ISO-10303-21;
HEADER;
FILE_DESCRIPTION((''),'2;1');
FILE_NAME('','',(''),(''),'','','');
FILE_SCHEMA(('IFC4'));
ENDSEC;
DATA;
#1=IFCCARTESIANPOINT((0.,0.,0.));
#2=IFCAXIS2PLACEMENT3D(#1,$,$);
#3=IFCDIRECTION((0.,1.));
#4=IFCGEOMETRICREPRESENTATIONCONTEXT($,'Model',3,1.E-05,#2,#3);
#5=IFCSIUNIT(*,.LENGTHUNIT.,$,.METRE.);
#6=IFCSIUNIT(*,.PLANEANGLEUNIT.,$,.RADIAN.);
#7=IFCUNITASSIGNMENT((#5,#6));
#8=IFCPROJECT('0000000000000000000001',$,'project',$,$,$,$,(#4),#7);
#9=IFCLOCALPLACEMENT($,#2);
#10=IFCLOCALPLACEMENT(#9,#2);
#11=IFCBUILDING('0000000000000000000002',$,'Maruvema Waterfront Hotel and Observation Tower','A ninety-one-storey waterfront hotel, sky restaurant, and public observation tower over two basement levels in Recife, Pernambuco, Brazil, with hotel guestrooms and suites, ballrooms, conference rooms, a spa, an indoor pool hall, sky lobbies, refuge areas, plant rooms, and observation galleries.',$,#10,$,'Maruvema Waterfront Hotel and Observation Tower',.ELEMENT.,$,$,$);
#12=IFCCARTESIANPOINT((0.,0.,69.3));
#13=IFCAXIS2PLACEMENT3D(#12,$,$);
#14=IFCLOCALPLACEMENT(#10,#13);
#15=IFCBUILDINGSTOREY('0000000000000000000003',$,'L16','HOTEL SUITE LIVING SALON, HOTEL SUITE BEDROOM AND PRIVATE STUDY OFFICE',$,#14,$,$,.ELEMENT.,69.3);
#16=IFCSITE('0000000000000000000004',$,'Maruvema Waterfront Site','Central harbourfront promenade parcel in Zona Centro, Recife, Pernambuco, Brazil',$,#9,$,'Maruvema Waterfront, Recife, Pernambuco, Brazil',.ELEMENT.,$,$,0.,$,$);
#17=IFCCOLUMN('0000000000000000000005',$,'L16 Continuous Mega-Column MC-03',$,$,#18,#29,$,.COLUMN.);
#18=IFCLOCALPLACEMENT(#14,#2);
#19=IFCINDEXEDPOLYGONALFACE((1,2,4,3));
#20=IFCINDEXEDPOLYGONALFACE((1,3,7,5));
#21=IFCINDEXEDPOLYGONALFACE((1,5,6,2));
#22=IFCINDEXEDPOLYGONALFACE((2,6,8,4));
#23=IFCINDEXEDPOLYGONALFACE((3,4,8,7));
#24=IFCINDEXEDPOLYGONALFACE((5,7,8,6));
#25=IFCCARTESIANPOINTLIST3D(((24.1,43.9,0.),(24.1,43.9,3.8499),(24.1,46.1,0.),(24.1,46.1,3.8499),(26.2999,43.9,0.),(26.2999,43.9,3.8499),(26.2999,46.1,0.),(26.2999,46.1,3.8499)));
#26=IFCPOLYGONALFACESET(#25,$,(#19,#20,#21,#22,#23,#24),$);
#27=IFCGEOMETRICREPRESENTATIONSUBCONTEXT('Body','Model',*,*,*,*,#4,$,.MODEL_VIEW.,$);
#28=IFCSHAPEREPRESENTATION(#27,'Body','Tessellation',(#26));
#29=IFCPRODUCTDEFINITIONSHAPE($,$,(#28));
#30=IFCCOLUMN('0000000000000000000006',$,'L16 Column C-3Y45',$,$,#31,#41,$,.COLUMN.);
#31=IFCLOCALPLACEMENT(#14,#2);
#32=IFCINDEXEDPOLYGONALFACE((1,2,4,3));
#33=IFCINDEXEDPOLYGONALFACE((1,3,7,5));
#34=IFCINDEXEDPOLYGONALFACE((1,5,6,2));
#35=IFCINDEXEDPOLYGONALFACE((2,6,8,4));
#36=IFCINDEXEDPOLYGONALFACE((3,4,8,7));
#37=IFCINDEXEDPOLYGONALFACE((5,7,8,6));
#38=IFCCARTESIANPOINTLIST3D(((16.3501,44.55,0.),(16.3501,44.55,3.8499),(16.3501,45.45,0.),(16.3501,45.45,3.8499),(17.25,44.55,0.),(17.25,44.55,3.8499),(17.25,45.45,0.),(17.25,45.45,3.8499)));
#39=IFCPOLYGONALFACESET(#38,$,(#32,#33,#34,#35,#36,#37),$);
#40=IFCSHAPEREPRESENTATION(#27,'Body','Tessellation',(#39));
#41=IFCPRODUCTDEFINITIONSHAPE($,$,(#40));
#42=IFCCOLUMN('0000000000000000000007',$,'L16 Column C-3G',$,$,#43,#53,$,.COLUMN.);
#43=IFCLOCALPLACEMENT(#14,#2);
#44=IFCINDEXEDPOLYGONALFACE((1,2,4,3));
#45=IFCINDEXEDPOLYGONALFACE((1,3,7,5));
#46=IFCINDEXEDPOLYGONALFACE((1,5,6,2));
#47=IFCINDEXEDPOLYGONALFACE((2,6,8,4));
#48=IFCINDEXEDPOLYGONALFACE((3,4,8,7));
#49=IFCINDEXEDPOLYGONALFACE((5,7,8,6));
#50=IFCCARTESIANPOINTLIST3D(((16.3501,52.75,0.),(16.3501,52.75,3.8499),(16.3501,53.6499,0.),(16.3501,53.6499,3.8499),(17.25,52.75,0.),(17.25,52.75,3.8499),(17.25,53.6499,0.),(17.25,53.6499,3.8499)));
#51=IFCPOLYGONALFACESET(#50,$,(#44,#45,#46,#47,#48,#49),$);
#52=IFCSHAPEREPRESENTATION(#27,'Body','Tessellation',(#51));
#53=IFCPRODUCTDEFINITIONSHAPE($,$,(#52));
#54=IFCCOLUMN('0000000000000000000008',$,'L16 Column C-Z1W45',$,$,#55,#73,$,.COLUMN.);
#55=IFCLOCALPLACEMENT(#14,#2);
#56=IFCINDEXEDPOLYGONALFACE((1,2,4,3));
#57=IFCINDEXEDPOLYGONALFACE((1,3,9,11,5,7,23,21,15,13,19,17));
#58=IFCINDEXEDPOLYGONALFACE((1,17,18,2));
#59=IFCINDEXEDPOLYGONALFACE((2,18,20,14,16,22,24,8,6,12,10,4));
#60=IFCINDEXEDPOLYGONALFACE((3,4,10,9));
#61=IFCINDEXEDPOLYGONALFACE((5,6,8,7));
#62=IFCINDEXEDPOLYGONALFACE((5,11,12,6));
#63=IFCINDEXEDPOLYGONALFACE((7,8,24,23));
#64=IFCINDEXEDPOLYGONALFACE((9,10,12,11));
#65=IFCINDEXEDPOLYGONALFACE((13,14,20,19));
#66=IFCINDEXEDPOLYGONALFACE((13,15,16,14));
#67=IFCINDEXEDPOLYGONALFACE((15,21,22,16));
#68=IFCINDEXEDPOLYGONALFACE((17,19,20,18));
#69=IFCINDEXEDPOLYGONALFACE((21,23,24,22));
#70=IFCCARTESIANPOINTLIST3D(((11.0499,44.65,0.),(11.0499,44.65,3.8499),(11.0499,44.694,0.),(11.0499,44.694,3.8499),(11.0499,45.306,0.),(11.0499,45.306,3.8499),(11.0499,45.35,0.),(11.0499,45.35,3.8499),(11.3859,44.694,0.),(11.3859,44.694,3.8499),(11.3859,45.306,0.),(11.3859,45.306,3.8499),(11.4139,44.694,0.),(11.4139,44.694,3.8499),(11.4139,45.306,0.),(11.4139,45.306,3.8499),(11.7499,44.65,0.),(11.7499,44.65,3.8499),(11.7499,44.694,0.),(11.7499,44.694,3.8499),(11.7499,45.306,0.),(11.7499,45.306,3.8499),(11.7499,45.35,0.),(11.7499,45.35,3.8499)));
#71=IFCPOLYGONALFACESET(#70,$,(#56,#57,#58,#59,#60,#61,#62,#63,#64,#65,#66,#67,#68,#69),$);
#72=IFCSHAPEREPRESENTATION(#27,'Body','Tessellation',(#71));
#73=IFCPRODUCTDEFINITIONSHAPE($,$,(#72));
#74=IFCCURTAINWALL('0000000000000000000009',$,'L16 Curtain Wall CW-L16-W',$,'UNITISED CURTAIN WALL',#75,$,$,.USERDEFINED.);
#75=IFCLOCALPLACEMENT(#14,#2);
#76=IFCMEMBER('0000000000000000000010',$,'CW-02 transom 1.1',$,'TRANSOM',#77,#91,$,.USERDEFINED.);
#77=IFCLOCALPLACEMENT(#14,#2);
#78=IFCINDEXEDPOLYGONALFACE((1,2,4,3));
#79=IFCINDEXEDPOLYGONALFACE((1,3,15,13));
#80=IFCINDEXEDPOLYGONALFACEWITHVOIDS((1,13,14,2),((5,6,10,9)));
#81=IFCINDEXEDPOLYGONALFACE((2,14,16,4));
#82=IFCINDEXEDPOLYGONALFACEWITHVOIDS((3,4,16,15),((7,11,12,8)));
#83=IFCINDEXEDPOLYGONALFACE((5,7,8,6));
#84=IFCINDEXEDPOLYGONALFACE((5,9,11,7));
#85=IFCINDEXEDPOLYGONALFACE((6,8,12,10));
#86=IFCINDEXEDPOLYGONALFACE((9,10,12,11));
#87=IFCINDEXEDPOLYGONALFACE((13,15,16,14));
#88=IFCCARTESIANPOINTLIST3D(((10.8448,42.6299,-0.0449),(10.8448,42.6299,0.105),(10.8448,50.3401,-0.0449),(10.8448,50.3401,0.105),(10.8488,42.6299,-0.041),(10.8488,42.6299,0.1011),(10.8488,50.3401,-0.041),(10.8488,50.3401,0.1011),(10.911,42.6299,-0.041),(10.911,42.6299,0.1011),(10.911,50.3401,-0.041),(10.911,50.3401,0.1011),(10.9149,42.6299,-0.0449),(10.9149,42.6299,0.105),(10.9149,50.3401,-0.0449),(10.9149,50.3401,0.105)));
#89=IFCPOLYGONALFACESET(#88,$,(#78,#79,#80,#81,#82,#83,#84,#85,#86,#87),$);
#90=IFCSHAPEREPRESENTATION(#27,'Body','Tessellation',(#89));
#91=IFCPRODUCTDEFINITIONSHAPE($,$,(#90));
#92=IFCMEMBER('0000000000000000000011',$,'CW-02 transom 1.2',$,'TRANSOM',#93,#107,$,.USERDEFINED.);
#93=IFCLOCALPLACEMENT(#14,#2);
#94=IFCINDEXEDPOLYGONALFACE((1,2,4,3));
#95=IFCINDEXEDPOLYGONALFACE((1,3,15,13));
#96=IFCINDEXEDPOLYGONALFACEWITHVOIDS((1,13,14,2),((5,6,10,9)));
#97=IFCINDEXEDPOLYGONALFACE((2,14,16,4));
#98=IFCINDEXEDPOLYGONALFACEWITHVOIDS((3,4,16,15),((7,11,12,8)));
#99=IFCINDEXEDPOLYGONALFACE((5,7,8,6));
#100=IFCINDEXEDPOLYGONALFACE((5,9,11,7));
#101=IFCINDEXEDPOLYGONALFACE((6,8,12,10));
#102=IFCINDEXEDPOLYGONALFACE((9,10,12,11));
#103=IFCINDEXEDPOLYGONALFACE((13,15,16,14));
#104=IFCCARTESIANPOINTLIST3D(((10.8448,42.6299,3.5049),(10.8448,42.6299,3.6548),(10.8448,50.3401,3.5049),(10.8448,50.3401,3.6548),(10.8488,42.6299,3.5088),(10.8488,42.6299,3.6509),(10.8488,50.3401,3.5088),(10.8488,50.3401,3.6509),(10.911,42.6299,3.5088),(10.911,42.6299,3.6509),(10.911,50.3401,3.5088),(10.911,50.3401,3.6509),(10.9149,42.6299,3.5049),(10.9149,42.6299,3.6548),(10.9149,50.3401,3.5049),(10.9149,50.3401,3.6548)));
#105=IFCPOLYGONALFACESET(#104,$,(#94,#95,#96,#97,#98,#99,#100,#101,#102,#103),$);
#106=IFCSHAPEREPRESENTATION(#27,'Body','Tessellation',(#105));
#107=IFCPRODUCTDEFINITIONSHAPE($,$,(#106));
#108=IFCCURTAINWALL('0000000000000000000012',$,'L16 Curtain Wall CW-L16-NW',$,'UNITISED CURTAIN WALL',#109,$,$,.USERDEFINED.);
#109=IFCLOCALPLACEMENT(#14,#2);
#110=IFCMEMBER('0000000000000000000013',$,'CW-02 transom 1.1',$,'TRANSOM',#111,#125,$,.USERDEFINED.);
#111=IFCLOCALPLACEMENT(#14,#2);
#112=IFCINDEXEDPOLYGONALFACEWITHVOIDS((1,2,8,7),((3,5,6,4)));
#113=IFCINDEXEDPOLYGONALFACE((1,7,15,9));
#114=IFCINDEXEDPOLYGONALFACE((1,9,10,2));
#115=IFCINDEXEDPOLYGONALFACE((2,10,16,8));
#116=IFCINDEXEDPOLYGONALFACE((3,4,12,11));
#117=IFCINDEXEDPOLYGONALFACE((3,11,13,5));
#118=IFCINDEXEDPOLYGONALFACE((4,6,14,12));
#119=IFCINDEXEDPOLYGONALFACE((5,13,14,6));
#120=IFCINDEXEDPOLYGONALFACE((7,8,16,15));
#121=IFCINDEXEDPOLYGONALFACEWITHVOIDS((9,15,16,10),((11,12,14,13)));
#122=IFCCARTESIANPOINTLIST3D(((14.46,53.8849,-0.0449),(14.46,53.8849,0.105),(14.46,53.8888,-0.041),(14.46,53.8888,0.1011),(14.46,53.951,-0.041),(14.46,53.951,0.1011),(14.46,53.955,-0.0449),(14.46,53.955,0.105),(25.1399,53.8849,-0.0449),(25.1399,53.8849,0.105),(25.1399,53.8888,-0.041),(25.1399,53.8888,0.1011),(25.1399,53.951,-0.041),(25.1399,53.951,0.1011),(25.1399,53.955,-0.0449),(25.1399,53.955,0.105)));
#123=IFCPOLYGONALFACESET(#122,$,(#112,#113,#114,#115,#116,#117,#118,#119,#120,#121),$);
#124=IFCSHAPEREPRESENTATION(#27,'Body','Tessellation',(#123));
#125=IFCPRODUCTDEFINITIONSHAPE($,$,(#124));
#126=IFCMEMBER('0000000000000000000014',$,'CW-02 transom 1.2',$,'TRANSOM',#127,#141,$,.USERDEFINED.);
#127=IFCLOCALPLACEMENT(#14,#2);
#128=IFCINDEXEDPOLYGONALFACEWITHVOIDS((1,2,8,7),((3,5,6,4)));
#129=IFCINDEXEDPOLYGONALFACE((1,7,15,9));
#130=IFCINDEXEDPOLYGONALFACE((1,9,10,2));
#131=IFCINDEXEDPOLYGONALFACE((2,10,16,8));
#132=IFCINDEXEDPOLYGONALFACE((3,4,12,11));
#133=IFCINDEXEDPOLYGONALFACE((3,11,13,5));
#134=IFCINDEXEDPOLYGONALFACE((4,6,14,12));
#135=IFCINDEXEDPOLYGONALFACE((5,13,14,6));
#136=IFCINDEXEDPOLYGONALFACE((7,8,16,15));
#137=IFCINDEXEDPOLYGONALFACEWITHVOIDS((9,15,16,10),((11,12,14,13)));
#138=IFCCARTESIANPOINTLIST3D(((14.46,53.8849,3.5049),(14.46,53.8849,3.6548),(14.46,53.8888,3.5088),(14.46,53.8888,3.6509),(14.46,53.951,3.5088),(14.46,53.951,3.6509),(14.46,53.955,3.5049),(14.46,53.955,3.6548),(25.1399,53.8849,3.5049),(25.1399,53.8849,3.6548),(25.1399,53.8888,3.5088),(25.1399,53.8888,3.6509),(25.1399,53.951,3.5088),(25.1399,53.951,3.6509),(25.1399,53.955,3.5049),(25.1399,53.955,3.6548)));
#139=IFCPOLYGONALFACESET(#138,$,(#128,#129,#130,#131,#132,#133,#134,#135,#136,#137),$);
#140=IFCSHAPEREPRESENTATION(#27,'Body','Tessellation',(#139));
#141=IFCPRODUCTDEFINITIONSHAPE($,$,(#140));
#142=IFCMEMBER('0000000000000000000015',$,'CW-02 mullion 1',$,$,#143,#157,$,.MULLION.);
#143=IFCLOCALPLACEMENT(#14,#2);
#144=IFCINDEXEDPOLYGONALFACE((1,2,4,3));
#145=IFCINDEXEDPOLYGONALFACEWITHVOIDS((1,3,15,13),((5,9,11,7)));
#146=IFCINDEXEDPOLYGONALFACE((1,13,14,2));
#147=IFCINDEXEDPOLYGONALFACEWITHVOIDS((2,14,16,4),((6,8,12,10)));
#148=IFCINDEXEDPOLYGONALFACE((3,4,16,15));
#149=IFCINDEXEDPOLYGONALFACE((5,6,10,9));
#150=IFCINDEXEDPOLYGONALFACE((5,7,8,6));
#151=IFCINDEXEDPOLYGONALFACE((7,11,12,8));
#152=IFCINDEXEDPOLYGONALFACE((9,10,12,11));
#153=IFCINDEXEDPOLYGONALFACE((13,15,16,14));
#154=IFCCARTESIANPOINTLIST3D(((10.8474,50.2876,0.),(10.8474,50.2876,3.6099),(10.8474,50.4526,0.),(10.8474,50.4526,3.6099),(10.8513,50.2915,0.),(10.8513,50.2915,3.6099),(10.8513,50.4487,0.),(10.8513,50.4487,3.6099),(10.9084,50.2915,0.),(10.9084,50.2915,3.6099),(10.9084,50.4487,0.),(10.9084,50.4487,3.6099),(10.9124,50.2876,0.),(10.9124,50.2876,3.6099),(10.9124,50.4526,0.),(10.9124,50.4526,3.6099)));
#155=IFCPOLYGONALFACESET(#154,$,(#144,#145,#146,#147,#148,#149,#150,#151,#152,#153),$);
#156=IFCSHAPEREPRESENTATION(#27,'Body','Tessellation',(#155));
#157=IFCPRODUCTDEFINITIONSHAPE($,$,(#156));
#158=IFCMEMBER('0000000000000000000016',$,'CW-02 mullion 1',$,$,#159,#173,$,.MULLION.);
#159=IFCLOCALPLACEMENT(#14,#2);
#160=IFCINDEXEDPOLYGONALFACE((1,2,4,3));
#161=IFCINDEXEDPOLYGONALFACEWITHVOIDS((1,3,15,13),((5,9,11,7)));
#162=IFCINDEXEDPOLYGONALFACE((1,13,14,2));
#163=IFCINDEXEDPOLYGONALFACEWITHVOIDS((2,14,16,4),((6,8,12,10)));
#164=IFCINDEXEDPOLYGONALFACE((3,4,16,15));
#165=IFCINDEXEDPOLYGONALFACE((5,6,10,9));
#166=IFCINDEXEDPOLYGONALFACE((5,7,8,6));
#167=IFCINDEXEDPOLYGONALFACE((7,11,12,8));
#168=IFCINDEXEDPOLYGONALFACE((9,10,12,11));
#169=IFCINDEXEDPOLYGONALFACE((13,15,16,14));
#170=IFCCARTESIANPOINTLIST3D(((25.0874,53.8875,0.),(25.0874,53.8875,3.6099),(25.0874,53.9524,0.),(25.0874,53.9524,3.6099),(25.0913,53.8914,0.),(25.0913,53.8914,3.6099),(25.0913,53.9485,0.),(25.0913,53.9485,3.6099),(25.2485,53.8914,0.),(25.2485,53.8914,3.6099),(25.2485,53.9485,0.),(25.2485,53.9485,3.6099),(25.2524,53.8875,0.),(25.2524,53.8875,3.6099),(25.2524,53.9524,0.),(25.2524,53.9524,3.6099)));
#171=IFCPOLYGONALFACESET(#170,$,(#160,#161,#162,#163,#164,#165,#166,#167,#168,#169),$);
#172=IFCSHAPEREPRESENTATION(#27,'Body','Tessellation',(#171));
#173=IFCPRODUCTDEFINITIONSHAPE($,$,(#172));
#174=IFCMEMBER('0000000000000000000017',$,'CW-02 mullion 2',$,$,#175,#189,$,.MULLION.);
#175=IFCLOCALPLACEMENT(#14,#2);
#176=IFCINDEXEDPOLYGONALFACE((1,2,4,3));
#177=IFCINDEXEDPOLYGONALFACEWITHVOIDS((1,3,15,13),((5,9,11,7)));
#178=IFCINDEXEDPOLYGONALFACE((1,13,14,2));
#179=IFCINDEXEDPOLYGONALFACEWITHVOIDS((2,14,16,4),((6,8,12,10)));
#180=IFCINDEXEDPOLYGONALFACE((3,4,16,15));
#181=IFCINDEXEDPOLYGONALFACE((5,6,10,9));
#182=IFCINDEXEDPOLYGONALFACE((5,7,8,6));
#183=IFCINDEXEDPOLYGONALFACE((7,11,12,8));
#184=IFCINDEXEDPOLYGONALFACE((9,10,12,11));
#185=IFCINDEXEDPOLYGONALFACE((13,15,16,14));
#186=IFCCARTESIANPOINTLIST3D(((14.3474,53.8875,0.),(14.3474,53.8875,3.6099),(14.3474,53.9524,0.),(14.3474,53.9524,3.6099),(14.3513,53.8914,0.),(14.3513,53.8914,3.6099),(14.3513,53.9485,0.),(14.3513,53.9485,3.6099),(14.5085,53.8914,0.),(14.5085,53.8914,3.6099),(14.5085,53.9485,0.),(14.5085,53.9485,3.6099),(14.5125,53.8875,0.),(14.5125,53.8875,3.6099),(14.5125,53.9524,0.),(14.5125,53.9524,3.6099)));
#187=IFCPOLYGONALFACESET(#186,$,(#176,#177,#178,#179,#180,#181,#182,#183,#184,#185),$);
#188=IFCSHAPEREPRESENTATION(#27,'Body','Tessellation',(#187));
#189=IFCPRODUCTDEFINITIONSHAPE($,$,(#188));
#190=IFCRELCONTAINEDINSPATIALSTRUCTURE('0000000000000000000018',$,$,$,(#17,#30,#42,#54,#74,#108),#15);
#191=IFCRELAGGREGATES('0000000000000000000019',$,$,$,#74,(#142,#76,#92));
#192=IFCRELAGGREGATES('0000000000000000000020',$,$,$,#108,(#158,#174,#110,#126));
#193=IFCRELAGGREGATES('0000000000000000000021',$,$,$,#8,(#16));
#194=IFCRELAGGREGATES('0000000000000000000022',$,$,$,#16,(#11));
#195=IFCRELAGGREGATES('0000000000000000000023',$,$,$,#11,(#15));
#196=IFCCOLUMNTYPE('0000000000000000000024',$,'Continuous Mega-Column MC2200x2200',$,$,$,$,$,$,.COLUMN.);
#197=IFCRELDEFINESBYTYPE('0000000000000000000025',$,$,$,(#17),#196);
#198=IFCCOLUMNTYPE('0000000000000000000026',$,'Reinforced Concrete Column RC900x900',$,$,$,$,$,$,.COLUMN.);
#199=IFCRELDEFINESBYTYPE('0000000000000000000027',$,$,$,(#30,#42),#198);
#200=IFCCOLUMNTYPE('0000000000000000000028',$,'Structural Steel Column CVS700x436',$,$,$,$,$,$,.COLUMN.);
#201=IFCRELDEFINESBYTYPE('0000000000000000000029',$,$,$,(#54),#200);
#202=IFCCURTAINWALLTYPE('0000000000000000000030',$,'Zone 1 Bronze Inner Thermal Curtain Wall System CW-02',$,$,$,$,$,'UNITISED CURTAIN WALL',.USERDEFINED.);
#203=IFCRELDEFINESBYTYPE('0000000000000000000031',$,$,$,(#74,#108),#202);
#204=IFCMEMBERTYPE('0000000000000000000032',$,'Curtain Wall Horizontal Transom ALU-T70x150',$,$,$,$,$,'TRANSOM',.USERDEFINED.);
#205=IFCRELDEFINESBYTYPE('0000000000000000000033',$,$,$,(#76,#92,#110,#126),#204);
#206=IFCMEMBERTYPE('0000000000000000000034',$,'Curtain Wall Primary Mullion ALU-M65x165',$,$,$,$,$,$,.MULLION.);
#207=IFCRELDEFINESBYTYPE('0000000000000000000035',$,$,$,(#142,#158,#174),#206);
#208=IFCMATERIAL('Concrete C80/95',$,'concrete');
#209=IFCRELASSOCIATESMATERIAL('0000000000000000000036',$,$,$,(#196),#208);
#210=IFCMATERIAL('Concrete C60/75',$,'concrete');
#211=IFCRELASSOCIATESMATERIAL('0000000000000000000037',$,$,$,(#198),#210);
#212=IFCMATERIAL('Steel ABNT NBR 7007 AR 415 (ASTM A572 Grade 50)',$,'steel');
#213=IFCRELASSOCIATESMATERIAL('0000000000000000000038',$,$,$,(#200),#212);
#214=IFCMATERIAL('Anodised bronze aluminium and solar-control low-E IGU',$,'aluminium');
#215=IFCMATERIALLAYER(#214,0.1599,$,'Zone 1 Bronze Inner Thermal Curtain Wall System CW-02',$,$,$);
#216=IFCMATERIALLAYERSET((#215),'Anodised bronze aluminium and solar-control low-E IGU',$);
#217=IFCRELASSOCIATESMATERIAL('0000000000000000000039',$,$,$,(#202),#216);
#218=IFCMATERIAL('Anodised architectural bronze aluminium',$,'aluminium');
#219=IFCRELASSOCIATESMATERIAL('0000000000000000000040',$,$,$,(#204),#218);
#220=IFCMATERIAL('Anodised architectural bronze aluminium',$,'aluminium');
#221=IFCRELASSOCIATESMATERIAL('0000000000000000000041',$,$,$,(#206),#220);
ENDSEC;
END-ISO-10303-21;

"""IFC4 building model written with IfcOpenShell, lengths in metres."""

from ifc_helpers import new_model, si_unit, direction, frame, origin, origin_2d, place, context, subcontext, project, spatial, rectangle, hollow_rectangle, i_section, extrude, material, layer, layer_set, material_profile, profile_set, type_object, element, aggregate, save


model = new_model("IFC4")

# Units and contexts
model_context = context("Model", 3, precision=1e-05, world=origin(), true_north=direction((0.0, 1.0)))
body_context = subcontext(model_context, "Body", "Model", "MODEL_VIEW")
ifc_project = project(units=[si_unit("LENGTHUNIT", "METRE"), si_unit("PLANEANGLEUNIT", "RADIAN")], contexts=[model_context])

# Site, building, storey
site_placement = place(None, origin())
site = spatial("IfcSite", under=ifc_project, at=site_placement, Name="Maruvema Waterfront Site", Description="Central harbourfront promenade parcel in Zona Centro, Recife, Pernambuco, Brazil", LongName="Maruvema Waterfront, Recife, Pernambuco, Brazil", CompositionType="ELEMENT", RefElevation=0.0)
building_placement = place(site_placement, origin())
building = spatial("IfcBuilding", under=site, at=building_placement, Name="Maruvema Waterfront Hotel and Observation Tower", Description="A ninety-one-storey waterfront hotel, sky restaurant, and public observation tower over two basement levels in Recife, Pernambuco, Brazil, with hotel guestrooms and suites, ballrooms, conference rooms, a spa, an indoor pool hall, sky lobbies, refuge areas, plant rooms, and observation galleries.", LongName="Maruvema Waterfront Hotel and Observation Tower", CompositionType="ELEMENT")
storey_placement = place(building_placement, frame((0.0, 0.0, 69.3)))
storey = spatial("IfcBuildingStorey", under=building, at=storey_placement, Name="L16", Description="HOTEL SUITE LIVING SALON, HOTEL SUITE BEDROOM AND PRIVATE STUDY OFFICE", CompositionType="ELEMENT", Elevation=69.3)

# Columns
ifc_material_1 = material(Name="Concrete C80/95", Category="concrete")
ifc_material_profile_1 = material_profile(ifc_material_1, rectangle(XDim=2.2, YDim=2.2, at=origin_2d()), Name="MC2200x2200")
ifc_profile_set_1 = profile_set([ifc_material_profile_1], Name="Concrete C80/95")
column_type_1 = type_object("IfcColumnType", Name="Continuous Mega-Column MC2200x2200", PredefinedType="COLUMN", material=ifc_profile_set_1)
column_1_placement = place(storey_placement, frame((25.2, 45.0, 0.0), z_axis=(0.0, 0.0, 1.0), x_axis=(1.0, 0.0, 0.0)))
element("IfcColumn", 1, at=column_1_placement, inside=storey, type_object=column_type_1, Name="L16 Continuous Mega-Column MC-03", PredefinedType="COLUMN", context=body_context, shape_type="SweptSolid", body=[
    extrude(rectangle(XDim=2.2, YDim=2.2, at=origin_2d()), origin(), (0.0, 0.0, 1.0), 3.8499),
])
ifc_material_2 = material(Name="Concrete C60/75", Category="concrete")
ifc_material_profile_2 = material_profile(ifc_material_2, rectangle(XDim=0.8999, YDim=0.8999, at=origin_2d()), Name="RC900x900")
ifc_profile_set_2 = profile_set([ifc_material_profile_2], Name="Concrete C60/75")
column_type_2 = type_object("IfcColumnType", Name="Reinforced Concrete Column RC900x900", PredefinedType="COLUMN", material=ifc_profile_set_2)
for number, where, z_axis, x_axis, name in (
    (2, (16.8, 45.0, 0.0), (0.0, 0.0, 1.0), (1.0, 0.0, 0.0), "L16 Column C-3Y45"),
    (3, (16.8, 53.2, 0.0), (0.0, 0.0, 1.0), (1.0, 0.0, 0.0), "L16 Column C-3G"),
):
    element("IfcColumn", number, at=place(storey_placement, frame(where, z_axis=z_axis, x_axis=x_axis)), inside=storey, type_object=column_type_2, Name=name, PredefinedType="COLUMN", context=body_context, shape_type="SweptSolid", body=[
        extrude(rectangle(XDim=0.8999, YDim=0.8999, at=origin_2d()), origin(), (0.0, 0.0, 1.0), 3.8499),
    ])
ifc_material_3 = material(Name="Steel ABNT NBR 7007 AR 415 (ASTM A572 Grade 50)", Category="steel")
ifc_material_profile_3 = material_profile(ifc_material_3, i_section(OverallWidth=0.7, OverallDepth=0.7, WebThickness=0.0281, FlangeThickness=0.0439, at=origin_2d()), Name="CVS700x436")
ifc_profile_set_3 = profile_set([ifc_material_profile_3], Name="Steel ABNT NBR 7007 AR 415 (ASTM A572 Grade 50)")
column_type_3 = type_object("IfcColumnType", Name="Structural Steel Column CVS700x436", PredefinedType="COLUMN", material=ifc_profile_set_3)
column_2_placement = place(storey_placement, frame((11.3999, 45.0, 0.0), z_axis=(0.0, 0.0, 1.0), x_axis=(1.0, 0.0, 0.0)))
element("IfcColumn", 4, at=column_2_placement, inside=storey, type_object=column_type_3, Name="L16 Column C-Z1W45", PredefinedType="COLUMN", context=body_context, shape_type="SweptSolid", body=[
    extrude(i_section(OverallWidth=0.7, OverallDepth=0.7, WebThickness=0.0281, FlangeThickness=0.0439, at=origin_2d()), origin(), (0.0, 0.0, 1.0), 3.8499),
])

# Curtain walls, members
ifc_material_4 = material(Name="Anodised bronze aluminium and solar-control low-E IGU", Category="aluminium")
ifc_layer_1 = layer(ifc_material_4, 0.1599, Name="Zone 1 Bronze Inner Thermal Curtain Wall System CW-02")
ifc_layer_set_1 = layer_set([ifc_layer_1], Name="Anodised bronze aluminium and solar-control low-E IGU")
curtain_wall_type = type_object("IfcCurtainWallType", Name="Zone 1 Bronze Inner Thermal Curtain Wall System CW-02", ElementType="UNITISED CURTAIN WALL", PredefinedType="USERDEFINED", material=ifc_layer_set_1)
curtain_wall_1_placement = place(storey_placement, origin())
curtain_wall_1 = element("IfcCurtainWall", 5, at=curtain_wall_1_placement, inside=storey, type_object=curtain_wall_type, Name="L16 Curtain Wall CW-L16-W", ObjectType="UNITISED CURTAIN WALL", PredefinedType="USERDEFINED")
ifc_material_5 = material(Name="Anodised architectural bronze aluminium", Category="aluminium")
ifc_material_profile_4 = material_profile(ifc_material_5, hollow_rectangle(XDim=0.0701, YDim=0.1499, WallThickness=0.0039, at=origin_2d()), Name="ALU-T70x150")
ifc_profile_set_4 = profile_set([ifc_material_profile_4], Name="Anodised architectural bronze aluminium")
member_type_1 = type_object("IfcMemberType", Name="Curtain Wall Horizontal Transom ALU-T70x150", ElementType="TRANSOM", PredefinedType="USERDEFINED", material=ifc_profile_set_4)
member_1_placement = place(storey_placement, frame((10.8799, 50.3401, 0.03), z_axis=(0.0, -1.0, 0.0), x_axis=(1.0, 0.0, 0.0)))
member_1 = element("IfcMember", 6, at=member_1_placement, type_object=member_type_1, Name="CW-02 transom 1.1", ObjectType="TRANSOM", PredefinedType="USERDEFINED", context=body_context, shape_type="SweptSolid", body=[
    extrude(hollow_rectangle(XDim=0.0701, YDim=0.1499, WallThickness=0.0039, at=origin_2d()), origin(), (0.0, 0.0, 1.0), 7.7102),
])
member_2_placement = place(storey_placement, frame((10.8799, 50.3401, 3.5798), z_axis=(0.0, -1.0, 0.0), x_axis=(1.0, 0.0, 0.0)))
member_2 = element("IfcMember", 7, at=member_2_placement, type_object=member_type_1, Name="CW-02 transom 1.2", ObjectType="TRANSOM", PredefinedType="USERDEFINED", context=body_context, shape_type="SweptSolid", body=[
    extrude(hollow_rectangle(XDim=0.0701, YDim=0.1499, WallThickness=0.0039, at=origin_2d()), origin(), (0.0, 0.0, 1.0), 7.7102),
])
curtain_wall_2_placement = place(storey_placement, origin())
curtain_wall_2 = element("IfcCurtainWall", 8, at=curtain_wall_2_placement, inside=storey, type_object=curtain_wall_type, Name="L16 Curtain Wall CW-L16-NW", ObjectType="UNITISED CURTAIN WALL", PredefinedType="USERDEFINED")
member_3_placement = place(storey_placement, frame((25.1399, 53.9199, 0.03), z_axis=(-1.0, 0.0, 0.0), x_axis=(0.0, -1.0, 0.0)))
member_3 = element("IfcMember", 9, at=member_3_placement, type_object=member_type_1, Name="CW-02 transom 1.1", ObjectType="TRANSOM", PredefinedType="USERDEFINED", context=body_context, shape_type="SweptSolid", body=[
    extrude(hollow_rectangle(XDim=0.0701, YDim=0.1499, WallThickness=0.0039, at=origin_2d()), origin(), (0.0, 0.0, 1.0), 10.6799),
])
member_4_placement = place(storey_placement, frame((25.1399, 53.9199, 3.5798), z_axis=(-1.0, 0.0, 0.0), x_axis=(0.0, -1.0, 0.0)))
member_4 = element("IfcMember", 10, at=member_4_placement, type_object=member_type_1, Name="CW-02 transom 1.2", ObjectType="TRANSOM", PredefinedType="USERDEFINED", context=body_context, shape_type="SweptSolid", body=[
    extrude(hollow_rectangle(XDim=0.0701, YDim=0.1499, WallThickness=0.0039, at=origin_2d()), origin(), (0.0, 0.0, 1.0), 10.6799),
])

# Members
ifc_material_6 = material(Name="Anodised architectural bronze aluminium", Category="aluminium")
ifc_material_profile_5 = material_profile(ifc_material_6, hollow_rectangle(XDim=0.0649, YDim=0.165, WallThickness=0.0039, at=origin_2d()), Name="ALU-M65x165")
ifc_profile_set_5 = profile_set([ifc_material_profile_5], Name="Anodised architectural bronze aluminium")
member_type_2 = type_object("IfcMemberType", Name="Curtain Wall Primary Mullion ALU-M65x165", PredefinedType="MULLION", material=ifc_profile_set_5)
member_5_placement = place(storey_placement, frame((10.8799, 50.3701, 0.0), z_axis=(0.0, 0.0, 1.0), x_axis=(1.0, 0.0, 0.0)))
member_5 = element("IfcMember", 11, at=member_5_placement, type_object=member_type_2, Name="CW-02 mullion 1", PredefinedType="MULLION", context=body_context, shape_type="SweptSolid", body=[
    extrude(hollow_rectangle(XDim=0.0649, YDim=0.165, WallThickness=0.0039, at=origin_2d()), origin(), (0.0, 0.0, 1.0), 3.6099),
])
member_6_placement = place(storey_placement, frame((25.1699, 53.9199, 0.0), z_axis=(0.0, 0.0, 1.0), x_axis=(0.0, -1.0, 0.0)))
member_6 = element("IfcMember", 12, at=member_6_placement, type_object=member_type_2, Name="CW-02 mullion 1", PredefinedType="MULLION", context=body_context, shape_type="SweptSolid", body=[
    extrude(hollow_rectangle(XDim=0.0649, YDim=0.165, WallThickness=0.0039, at=origin_2d()), origin(), (0.0, 0.0, 1.0), 3.6099),
])
member_7_placement = place(storey_placement, frame((14.4299, 53.9199, 0.0), z_axis=(0.0, 0.0, 1.0), x_axis=(0.0, -1.0, 0.0)))
member_7 = element("IfcMember", 13, at=member_7_placement, type_object=member_type_2, Name="CW-02 mullion 2", PredefinedType="MULLION", context=body_context, shape_type="SweptSolid", body=[
    extrude(hollow_rectangle(XDim=0.0649, YDim=0.165, WallThickness=0.0039, at=origin_2d()), origin(), (0.0, 0.0, 1.0), 3.6099),
])

aggregate(curtain_wall_1, [member_5, member_1, member_2])
aggregate(curtain_wall_2, [member_6, member_7, member_3, member_4])

save(model, "model.ifc")
